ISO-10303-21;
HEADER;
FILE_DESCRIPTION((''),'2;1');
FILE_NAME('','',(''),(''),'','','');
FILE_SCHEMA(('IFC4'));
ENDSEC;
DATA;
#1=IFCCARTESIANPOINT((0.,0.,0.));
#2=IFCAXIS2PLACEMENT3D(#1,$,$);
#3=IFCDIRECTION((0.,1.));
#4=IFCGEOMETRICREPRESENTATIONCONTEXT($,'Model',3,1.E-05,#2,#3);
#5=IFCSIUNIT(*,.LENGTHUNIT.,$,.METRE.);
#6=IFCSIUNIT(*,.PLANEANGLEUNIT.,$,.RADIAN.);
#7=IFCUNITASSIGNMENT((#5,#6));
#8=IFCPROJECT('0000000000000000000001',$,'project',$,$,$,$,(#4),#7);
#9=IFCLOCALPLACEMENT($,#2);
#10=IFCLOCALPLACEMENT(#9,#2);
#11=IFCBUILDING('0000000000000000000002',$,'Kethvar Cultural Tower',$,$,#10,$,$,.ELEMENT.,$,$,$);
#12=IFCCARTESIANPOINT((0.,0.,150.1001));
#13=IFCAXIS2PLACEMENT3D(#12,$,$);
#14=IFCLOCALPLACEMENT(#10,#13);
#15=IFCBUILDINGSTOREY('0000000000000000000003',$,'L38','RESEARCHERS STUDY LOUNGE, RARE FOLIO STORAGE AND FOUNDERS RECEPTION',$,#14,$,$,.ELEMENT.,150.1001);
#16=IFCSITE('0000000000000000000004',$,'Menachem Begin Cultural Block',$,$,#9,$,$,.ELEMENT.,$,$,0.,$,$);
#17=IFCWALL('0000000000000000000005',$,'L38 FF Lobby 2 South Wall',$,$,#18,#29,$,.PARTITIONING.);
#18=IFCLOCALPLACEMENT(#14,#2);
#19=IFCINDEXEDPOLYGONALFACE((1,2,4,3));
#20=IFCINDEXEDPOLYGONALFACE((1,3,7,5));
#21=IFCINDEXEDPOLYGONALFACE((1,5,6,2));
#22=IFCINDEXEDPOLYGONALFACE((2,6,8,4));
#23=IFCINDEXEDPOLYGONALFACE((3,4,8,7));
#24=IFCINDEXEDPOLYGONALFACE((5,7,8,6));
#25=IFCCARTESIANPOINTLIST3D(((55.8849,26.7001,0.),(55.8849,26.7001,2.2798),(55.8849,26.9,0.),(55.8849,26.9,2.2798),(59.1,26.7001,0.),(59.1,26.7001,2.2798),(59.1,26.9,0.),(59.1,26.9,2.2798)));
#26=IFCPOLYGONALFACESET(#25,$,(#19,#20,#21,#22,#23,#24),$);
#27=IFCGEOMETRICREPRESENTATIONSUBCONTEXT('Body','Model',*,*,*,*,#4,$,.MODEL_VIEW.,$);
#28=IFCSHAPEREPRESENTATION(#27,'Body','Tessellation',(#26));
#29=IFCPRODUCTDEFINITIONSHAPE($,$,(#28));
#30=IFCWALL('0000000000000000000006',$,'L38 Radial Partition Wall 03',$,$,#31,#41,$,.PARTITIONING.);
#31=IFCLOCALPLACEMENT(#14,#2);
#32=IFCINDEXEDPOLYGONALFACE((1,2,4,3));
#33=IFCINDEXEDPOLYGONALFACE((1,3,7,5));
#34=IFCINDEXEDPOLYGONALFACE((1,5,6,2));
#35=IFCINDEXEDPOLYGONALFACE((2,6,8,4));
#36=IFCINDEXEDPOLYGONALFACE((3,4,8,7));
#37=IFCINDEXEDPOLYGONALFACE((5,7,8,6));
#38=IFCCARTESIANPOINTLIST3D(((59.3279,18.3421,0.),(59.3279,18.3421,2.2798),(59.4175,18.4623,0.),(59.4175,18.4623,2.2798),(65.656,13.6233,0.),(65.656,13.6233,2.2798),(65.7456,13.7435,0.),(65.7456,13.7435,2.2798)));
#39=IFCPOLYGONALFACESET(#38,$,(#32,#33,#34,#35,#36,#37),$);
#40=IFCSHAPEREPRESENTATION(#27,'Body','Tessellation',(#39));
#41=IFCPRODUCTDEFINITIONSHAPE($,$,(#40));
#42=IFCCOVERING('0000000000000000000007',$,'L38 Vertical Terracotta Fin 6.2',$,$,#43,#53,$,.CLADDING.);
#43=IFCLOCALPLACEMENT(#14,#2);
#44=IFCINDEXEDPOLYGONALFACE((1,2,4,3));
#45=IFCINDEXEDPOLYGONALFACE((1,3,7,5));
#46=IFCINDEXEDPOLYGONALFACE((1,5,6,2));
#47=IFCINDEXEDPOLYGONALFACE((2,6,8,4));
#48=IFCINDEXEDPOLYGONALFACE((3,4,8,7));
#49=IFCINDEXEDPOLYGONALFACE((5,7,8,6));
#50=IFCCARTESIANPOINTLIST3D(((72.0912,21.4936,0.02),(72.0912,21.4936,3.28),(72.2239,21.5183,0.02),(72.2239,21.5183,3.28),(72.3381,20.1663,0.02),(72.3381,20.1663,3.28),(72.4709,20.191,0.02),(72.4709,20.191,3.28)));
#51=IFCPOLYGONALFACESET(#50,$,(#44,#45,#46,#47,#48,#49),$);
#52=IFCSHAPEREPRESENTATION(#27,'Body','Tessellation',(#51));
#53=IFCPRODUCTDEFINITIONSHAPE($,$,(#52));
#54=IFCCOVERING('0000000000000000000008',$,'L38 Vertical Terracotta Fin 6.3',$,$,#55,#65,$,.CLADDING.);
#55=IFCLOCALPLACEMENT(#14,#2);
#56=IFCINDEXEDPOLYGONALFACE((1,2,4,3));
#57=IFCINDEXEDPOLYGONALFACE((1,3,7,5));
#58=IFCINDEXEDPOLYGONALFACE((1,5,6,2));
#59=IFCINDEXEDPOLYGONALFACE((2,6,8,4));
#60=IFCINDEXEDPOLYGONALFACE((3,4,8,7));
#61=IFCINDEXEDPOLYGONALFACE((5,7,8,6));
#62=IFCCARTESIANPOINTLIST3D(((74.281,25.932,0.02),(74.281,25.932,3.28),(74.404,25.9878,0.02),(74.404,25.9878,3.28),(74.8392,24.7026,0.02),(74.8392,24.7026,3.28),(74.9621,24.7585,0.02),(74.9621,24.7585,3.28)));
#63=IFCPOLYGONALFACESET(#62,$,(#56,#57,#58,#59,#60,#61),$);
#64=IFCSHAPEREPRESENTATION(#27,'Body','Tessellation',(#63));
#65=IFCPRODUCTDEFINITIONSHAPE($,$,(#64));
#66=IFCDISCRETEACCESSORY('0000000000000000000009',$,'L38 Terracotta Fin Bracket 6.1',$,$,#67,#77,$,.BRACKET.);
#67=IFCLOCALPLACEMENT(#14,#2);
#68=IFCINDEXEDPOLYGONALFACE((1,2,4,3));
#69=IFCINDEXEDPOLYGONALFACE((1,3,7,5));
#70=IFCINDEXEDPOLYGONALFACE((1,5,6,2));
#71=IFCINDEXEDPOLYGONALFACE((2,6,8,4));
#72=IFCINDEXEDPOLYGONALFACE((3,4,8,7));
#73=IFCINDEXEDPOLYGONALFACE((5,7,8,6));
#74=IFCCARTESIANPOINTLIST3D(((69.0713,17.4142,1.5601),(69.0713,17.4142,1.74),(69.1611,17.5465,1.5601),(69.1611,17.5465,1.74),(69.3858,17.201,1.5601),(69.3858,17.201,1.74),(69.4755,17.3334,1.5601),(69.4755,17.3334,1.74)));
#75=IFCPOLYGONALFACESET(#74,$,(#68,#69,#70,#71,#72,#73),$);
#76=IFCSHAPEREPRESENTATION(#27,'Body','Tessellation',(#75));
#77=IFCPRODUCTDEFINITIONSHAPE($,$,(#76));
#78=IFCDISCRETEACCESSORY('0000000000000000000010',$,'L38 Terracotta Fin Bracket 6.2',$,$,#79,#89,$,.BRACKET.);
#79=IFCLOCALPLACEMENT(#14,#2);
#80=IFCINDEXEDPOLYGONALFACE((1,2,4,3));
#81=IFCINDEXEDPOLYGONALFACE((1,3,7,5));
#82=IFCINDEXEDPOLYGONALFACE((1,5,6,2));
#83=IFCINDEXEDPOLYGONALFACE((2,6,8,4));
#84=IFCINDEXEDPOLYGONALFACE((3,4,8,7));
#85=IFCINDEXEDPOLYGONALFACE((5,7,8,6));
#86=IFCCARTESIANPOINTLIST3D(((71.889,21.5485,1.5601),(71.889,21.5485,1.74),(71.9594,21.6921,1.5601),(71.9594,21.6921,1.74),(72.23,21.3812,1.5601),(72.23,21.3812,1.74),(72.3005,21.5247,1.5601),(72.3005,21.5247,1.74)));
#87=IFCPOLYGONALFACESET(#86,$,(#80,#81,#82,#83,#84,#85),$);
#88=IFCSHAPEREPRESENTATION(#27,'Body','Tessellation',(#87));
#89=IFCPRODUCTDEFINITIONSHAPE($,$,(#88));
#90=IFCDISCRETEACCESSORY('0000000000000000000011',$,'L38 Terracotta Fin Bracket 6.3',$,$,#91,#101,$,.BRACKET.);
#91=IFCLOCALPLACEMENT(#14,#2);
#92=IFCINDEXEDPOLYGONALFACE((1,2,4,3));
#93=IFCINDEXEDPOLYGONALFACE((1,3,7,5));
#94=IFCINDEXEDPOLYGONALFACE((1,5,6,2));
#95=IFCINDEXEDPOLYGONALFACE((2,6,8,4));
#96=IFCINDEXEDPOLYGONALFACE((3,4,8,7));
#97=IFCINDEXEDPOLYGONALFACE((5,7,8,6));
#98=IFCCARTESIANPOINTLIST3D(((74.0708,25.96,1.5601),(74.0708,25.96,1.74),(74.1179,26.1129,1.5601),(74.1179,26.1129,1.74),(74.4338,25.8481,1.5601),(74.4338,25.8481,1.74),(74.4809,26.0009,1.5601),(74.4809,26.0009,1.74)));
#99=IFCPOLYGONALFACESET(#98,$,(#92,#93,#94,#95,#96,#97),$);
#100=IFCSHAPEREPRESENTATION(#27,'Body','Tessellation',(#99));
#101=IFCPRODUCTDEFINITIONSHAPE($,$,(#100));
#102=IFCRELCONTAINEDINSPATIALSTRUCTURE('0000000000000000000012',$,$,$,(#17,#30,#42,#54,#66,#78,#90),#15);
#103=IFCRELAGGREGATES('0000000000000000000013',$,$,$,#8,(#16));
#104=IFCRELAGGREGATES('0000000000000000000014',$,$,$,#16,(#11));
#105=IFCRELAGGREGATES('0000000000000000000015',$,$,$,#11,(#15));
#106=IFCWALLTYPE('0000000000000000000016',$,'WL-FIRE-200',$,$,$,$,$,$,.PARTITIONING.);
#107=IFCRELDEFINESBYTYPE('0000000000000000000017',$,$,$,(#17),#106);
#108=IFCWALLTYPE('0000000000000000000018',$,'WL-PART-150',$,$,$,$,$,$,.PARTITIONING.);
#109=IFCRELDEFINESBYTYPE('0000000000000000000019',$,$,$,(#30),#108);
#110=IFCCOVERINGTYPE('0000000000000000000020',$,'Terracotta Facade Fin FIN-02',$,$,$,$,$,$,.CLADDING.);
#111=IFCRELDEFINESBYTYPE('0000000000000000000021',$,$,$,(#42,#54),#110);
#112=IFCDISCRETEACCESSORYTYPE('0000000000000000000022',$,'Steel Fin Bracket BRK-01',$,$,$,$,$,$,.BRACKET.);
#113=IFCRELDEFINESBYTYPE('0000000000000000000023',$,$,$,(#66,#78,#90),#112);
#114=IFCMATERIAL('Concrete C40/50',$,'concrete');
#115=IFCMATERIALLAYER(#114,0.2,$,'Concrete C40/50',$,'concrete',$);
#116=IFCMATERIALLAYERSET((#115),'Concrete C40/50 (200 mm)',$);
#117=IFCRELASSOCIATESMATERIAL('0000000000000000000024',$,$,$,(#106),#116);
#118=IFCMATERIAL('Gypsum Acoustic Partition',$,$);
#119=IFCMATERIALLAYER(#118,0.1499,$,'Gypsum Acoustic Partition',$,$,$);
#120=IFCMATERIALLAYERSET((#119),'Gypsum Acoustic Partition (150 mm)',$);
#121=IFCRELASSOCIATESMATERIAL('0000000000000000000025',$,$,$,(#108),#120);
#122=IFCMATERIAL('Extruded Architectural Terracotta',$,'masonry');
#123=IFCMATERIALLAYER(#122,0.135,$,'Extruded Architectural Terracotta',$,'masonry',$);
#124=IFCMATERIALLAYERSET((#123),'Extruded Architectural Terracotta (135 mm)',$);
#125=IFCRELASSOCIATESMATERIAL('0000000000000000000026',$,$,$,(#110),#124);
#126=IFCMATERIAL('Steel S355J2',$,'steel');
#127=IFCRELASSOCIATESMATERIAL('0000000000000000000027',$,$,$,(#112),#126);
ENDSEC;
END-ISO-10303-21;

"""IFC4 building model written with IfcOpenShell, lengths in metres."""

from ifc_helpers import new_model, si_unit, direction, frame, frame_2d, origin, origin_2d, place, context, subcontext, project, spatial, rectangle, extrude, source, transform, mapped, material, layer, layer_set, type_object, element, save


model = new_model("IFC4")

# Units and contexts
model_context = context("Model", 3, precision=1e-05, world=origin(), true_north=direction((0.0, 1.0)))
body_context = subcontext(model_context, "Body", "Model", "MODEL_VIEW")
ifc_project = project(units=[si_unit("LENGTHUNIT", "METRE"), si_unit("PLANEANGLEUNIT", "RADIAN")], contexts=[model_context])

# Site, building, storey
site_placement = place(None, origin())
site = spatial("IfcSite", under=ifc_project, at=site_placement, Name="Menachem Begin Cultural Block", CompositionType="ELEMENT", RefElevation=0.0)
building_placement = place(site_placement, origin())
building = spatial("IfcBuilding", under=site, at=building_placement, Name="Kethvar Cultural Tower", CompositionType="ELEMENT")
storey_placement = place(building_placement, frame((0.0, 0.0, 150.1001)))
storey = spatial("IfcBuildingStorey", under=building, at=storey_placement, Name="L38", Description="RESEARCHERS STUDY LOUNGE, RARE FOLIO STORAGE AND FOUNDERS RECEPTION", CompositionType="ELEMENT", Elevation=150.1001)

# Shared definitions
ifc_material_1 = material(Name="Steel S355J2", Category="steel")

# Shared definitions
ifc_material_2 = material(Name="Concrete C40/50", Category="concrete")
ifc_layer_1 = layer(ifc_material_2, 0.2, Name="Concrete C40/50", Category="concrete")
ifc_layer_set_1 = layer_set([ifc_layer_1], Name="Concrete C40/50 (200 mm)")
wall_type_1 = type_object("IfcWallType", Name="WL-FIRE-200", PredefinedType="PARTITIONING", material=ifc_layer_set_1)

# Walls
wall_1_placement = place(storey_placement, frame((55.885, 26.8, 0.0), z_axis=(0.0, 0.0, 1.0), x_axis=(1.0, 0.0, 0.0)))
element("IfcWall", 1, at=wall_1_placement, inside=storey, type_object=wall_type_1, Name="L38 FF Lobby 2 South Wall", PredefinedType="PARTITIONING", context=body_context, shape_type="SweptSolid", body=[
    extrude(rectangle(XDim=3.2151, YDim=0.2, at=frame_2d((1.6074, 0.0))), origin(), (0.0, 0.0, 1.0), 2.2798),
])
ifc_material_3 = material(Name="Gypsum Acoustic Partition")
ifc_layer_2 = layer(ifc_material_3, 0.1499, Name="Gypsum Acoustic Partition")
ifc_layer_set_2 = layer_set([ifc_layer_2], Name="Gypsum Acoustic Partition (150 mm)")
wall_type_2 = type_object("IfcWallType", Name="WL-PART-150", PredefinedType="PARTITIONING", material=ifc_layer_set_2)
wall_2_placement = place(storey_placement, frame((59.3728, 18.4021, 0.0), z_axis=(0.0, 0.0, 1.0), x_axis=(0.80166, -0.597781, 0.0)))
element("IfcWall", 2, at=wall_2_placement, inside=storey, type_object=wall_type_2, Name="L38 Radial Partition Wall 03", PredefinedType="PARTITIONING", context=body_context, shape_type="SweptSolid", body=[
    extrude(rectangle(XDim=7.8938, YDim=0.1499, at=frame_2d((3.9468, 0.0))), origin(), (0.0, 0.0, 1.0), 2.2798),
])

# Coverings
ifc_material_4 = material(Name="Extruded Architectural Terracotta", Category="masonry")
ifc_layer_3 = layer(ifc_material_4, 0.135, Name="Extruded Architectural Terracotta", Category="masonry")
ifc_layer_set_3 = layer_set([ifc_layer_3], Name="Extruded Architectural Terracotta (135 mm)")
covering_type = type_object("IfcCoveringType", Name="Terracotta Facade Fin FIN-02", PredefinedType="CLADDING", material=ifc_layer_set_3)
shared_shape_1 = source(origin(), body_context, "Body", "SweptSolid", [
    extrude(rectangle(XDim=1.3501, YDim=0.135, at=origin_2d()), origin(), (0.0, 0.0, 1.0), 3.26),
])
for number, where, z_axis, x_axis, name in (
    (3, (72.281, 20.8423, 0.02), (0.0, 0.0, 1.0), (0.182922, -0.983127, 0.0), "L38 Vertical Terracotta Fin 6.2"),
    (4, (74.6216, 25.3452, 0.02), (0.0, 0.0, 1.0), (0.413422, -0.910539, 0.0), "L38 Vertical Terracotta Fin 6.3"),
):
    element("IfcCovering", number, at=place(storey_placement, frame(where, z_axis=z_axis, x_axis=x_axis)), inside=storey, type_object=covering_type, Name=name, PredefinedType="CLADDING", context=body_context, shape_type="MappedRepresentation", body=[
        mapped(shared_shape_1, transform((0.0, 0.0, 0.0), scale=1.0)),
    ])

# Discrete accessories
discrete_accessory_type = type_object("IfcDiscreteAccessoryType", Name="Steel Fin Bracket BRK-01", PredefinedType="BRACKET", material=ifc_material_1)
shared_shape_2 = source(origin(), body_context, "Body", "SweptSolid", [
    extrude(rectangle(XDim=0.3799, YDim=0.1599, at=origin_2d()), origin(), (0.0, 0.0, 1.0), 0.1799),
])
for number, where, z_axis, x_axis, name in (
    (5, (69.2734, 17.3738, 1.5601), (0.0, 0.0, 1.0), (0.827767, -0.561072, 0.0), "L38 Terracotta Fin Bracket 6.1"),
    (6, (72.0947, 21.5366, 1.5601), (0.0, 0.0, 1.0), (0.89772, -0.440566, 0.0), "L38 Terracotta Fin Bracket 6.2"),
    (7, (74.2759, 25.9805, 1.5601), (0.0, 0.0, 1.0), (0.955588, -0.294708, 0.0), "L38 Terracotta Fin Bracket 6.3"),
):
    element("IfcDiscreteAccessory", number, at=place(storey_placement, frame(where, z_axis=z_axis, x_axis=x_axis)), inside=storey, type_object=discrete_accessory_type, Name=name, PredefinedType="BRACKET", context=body_context, shape_type="MappedRepresentation", body=[
        mapped(shared_shape_2, transform((0.0, 0.0, 0.0), scale=1.0)),
    ])

save(model, "model.ifc")
